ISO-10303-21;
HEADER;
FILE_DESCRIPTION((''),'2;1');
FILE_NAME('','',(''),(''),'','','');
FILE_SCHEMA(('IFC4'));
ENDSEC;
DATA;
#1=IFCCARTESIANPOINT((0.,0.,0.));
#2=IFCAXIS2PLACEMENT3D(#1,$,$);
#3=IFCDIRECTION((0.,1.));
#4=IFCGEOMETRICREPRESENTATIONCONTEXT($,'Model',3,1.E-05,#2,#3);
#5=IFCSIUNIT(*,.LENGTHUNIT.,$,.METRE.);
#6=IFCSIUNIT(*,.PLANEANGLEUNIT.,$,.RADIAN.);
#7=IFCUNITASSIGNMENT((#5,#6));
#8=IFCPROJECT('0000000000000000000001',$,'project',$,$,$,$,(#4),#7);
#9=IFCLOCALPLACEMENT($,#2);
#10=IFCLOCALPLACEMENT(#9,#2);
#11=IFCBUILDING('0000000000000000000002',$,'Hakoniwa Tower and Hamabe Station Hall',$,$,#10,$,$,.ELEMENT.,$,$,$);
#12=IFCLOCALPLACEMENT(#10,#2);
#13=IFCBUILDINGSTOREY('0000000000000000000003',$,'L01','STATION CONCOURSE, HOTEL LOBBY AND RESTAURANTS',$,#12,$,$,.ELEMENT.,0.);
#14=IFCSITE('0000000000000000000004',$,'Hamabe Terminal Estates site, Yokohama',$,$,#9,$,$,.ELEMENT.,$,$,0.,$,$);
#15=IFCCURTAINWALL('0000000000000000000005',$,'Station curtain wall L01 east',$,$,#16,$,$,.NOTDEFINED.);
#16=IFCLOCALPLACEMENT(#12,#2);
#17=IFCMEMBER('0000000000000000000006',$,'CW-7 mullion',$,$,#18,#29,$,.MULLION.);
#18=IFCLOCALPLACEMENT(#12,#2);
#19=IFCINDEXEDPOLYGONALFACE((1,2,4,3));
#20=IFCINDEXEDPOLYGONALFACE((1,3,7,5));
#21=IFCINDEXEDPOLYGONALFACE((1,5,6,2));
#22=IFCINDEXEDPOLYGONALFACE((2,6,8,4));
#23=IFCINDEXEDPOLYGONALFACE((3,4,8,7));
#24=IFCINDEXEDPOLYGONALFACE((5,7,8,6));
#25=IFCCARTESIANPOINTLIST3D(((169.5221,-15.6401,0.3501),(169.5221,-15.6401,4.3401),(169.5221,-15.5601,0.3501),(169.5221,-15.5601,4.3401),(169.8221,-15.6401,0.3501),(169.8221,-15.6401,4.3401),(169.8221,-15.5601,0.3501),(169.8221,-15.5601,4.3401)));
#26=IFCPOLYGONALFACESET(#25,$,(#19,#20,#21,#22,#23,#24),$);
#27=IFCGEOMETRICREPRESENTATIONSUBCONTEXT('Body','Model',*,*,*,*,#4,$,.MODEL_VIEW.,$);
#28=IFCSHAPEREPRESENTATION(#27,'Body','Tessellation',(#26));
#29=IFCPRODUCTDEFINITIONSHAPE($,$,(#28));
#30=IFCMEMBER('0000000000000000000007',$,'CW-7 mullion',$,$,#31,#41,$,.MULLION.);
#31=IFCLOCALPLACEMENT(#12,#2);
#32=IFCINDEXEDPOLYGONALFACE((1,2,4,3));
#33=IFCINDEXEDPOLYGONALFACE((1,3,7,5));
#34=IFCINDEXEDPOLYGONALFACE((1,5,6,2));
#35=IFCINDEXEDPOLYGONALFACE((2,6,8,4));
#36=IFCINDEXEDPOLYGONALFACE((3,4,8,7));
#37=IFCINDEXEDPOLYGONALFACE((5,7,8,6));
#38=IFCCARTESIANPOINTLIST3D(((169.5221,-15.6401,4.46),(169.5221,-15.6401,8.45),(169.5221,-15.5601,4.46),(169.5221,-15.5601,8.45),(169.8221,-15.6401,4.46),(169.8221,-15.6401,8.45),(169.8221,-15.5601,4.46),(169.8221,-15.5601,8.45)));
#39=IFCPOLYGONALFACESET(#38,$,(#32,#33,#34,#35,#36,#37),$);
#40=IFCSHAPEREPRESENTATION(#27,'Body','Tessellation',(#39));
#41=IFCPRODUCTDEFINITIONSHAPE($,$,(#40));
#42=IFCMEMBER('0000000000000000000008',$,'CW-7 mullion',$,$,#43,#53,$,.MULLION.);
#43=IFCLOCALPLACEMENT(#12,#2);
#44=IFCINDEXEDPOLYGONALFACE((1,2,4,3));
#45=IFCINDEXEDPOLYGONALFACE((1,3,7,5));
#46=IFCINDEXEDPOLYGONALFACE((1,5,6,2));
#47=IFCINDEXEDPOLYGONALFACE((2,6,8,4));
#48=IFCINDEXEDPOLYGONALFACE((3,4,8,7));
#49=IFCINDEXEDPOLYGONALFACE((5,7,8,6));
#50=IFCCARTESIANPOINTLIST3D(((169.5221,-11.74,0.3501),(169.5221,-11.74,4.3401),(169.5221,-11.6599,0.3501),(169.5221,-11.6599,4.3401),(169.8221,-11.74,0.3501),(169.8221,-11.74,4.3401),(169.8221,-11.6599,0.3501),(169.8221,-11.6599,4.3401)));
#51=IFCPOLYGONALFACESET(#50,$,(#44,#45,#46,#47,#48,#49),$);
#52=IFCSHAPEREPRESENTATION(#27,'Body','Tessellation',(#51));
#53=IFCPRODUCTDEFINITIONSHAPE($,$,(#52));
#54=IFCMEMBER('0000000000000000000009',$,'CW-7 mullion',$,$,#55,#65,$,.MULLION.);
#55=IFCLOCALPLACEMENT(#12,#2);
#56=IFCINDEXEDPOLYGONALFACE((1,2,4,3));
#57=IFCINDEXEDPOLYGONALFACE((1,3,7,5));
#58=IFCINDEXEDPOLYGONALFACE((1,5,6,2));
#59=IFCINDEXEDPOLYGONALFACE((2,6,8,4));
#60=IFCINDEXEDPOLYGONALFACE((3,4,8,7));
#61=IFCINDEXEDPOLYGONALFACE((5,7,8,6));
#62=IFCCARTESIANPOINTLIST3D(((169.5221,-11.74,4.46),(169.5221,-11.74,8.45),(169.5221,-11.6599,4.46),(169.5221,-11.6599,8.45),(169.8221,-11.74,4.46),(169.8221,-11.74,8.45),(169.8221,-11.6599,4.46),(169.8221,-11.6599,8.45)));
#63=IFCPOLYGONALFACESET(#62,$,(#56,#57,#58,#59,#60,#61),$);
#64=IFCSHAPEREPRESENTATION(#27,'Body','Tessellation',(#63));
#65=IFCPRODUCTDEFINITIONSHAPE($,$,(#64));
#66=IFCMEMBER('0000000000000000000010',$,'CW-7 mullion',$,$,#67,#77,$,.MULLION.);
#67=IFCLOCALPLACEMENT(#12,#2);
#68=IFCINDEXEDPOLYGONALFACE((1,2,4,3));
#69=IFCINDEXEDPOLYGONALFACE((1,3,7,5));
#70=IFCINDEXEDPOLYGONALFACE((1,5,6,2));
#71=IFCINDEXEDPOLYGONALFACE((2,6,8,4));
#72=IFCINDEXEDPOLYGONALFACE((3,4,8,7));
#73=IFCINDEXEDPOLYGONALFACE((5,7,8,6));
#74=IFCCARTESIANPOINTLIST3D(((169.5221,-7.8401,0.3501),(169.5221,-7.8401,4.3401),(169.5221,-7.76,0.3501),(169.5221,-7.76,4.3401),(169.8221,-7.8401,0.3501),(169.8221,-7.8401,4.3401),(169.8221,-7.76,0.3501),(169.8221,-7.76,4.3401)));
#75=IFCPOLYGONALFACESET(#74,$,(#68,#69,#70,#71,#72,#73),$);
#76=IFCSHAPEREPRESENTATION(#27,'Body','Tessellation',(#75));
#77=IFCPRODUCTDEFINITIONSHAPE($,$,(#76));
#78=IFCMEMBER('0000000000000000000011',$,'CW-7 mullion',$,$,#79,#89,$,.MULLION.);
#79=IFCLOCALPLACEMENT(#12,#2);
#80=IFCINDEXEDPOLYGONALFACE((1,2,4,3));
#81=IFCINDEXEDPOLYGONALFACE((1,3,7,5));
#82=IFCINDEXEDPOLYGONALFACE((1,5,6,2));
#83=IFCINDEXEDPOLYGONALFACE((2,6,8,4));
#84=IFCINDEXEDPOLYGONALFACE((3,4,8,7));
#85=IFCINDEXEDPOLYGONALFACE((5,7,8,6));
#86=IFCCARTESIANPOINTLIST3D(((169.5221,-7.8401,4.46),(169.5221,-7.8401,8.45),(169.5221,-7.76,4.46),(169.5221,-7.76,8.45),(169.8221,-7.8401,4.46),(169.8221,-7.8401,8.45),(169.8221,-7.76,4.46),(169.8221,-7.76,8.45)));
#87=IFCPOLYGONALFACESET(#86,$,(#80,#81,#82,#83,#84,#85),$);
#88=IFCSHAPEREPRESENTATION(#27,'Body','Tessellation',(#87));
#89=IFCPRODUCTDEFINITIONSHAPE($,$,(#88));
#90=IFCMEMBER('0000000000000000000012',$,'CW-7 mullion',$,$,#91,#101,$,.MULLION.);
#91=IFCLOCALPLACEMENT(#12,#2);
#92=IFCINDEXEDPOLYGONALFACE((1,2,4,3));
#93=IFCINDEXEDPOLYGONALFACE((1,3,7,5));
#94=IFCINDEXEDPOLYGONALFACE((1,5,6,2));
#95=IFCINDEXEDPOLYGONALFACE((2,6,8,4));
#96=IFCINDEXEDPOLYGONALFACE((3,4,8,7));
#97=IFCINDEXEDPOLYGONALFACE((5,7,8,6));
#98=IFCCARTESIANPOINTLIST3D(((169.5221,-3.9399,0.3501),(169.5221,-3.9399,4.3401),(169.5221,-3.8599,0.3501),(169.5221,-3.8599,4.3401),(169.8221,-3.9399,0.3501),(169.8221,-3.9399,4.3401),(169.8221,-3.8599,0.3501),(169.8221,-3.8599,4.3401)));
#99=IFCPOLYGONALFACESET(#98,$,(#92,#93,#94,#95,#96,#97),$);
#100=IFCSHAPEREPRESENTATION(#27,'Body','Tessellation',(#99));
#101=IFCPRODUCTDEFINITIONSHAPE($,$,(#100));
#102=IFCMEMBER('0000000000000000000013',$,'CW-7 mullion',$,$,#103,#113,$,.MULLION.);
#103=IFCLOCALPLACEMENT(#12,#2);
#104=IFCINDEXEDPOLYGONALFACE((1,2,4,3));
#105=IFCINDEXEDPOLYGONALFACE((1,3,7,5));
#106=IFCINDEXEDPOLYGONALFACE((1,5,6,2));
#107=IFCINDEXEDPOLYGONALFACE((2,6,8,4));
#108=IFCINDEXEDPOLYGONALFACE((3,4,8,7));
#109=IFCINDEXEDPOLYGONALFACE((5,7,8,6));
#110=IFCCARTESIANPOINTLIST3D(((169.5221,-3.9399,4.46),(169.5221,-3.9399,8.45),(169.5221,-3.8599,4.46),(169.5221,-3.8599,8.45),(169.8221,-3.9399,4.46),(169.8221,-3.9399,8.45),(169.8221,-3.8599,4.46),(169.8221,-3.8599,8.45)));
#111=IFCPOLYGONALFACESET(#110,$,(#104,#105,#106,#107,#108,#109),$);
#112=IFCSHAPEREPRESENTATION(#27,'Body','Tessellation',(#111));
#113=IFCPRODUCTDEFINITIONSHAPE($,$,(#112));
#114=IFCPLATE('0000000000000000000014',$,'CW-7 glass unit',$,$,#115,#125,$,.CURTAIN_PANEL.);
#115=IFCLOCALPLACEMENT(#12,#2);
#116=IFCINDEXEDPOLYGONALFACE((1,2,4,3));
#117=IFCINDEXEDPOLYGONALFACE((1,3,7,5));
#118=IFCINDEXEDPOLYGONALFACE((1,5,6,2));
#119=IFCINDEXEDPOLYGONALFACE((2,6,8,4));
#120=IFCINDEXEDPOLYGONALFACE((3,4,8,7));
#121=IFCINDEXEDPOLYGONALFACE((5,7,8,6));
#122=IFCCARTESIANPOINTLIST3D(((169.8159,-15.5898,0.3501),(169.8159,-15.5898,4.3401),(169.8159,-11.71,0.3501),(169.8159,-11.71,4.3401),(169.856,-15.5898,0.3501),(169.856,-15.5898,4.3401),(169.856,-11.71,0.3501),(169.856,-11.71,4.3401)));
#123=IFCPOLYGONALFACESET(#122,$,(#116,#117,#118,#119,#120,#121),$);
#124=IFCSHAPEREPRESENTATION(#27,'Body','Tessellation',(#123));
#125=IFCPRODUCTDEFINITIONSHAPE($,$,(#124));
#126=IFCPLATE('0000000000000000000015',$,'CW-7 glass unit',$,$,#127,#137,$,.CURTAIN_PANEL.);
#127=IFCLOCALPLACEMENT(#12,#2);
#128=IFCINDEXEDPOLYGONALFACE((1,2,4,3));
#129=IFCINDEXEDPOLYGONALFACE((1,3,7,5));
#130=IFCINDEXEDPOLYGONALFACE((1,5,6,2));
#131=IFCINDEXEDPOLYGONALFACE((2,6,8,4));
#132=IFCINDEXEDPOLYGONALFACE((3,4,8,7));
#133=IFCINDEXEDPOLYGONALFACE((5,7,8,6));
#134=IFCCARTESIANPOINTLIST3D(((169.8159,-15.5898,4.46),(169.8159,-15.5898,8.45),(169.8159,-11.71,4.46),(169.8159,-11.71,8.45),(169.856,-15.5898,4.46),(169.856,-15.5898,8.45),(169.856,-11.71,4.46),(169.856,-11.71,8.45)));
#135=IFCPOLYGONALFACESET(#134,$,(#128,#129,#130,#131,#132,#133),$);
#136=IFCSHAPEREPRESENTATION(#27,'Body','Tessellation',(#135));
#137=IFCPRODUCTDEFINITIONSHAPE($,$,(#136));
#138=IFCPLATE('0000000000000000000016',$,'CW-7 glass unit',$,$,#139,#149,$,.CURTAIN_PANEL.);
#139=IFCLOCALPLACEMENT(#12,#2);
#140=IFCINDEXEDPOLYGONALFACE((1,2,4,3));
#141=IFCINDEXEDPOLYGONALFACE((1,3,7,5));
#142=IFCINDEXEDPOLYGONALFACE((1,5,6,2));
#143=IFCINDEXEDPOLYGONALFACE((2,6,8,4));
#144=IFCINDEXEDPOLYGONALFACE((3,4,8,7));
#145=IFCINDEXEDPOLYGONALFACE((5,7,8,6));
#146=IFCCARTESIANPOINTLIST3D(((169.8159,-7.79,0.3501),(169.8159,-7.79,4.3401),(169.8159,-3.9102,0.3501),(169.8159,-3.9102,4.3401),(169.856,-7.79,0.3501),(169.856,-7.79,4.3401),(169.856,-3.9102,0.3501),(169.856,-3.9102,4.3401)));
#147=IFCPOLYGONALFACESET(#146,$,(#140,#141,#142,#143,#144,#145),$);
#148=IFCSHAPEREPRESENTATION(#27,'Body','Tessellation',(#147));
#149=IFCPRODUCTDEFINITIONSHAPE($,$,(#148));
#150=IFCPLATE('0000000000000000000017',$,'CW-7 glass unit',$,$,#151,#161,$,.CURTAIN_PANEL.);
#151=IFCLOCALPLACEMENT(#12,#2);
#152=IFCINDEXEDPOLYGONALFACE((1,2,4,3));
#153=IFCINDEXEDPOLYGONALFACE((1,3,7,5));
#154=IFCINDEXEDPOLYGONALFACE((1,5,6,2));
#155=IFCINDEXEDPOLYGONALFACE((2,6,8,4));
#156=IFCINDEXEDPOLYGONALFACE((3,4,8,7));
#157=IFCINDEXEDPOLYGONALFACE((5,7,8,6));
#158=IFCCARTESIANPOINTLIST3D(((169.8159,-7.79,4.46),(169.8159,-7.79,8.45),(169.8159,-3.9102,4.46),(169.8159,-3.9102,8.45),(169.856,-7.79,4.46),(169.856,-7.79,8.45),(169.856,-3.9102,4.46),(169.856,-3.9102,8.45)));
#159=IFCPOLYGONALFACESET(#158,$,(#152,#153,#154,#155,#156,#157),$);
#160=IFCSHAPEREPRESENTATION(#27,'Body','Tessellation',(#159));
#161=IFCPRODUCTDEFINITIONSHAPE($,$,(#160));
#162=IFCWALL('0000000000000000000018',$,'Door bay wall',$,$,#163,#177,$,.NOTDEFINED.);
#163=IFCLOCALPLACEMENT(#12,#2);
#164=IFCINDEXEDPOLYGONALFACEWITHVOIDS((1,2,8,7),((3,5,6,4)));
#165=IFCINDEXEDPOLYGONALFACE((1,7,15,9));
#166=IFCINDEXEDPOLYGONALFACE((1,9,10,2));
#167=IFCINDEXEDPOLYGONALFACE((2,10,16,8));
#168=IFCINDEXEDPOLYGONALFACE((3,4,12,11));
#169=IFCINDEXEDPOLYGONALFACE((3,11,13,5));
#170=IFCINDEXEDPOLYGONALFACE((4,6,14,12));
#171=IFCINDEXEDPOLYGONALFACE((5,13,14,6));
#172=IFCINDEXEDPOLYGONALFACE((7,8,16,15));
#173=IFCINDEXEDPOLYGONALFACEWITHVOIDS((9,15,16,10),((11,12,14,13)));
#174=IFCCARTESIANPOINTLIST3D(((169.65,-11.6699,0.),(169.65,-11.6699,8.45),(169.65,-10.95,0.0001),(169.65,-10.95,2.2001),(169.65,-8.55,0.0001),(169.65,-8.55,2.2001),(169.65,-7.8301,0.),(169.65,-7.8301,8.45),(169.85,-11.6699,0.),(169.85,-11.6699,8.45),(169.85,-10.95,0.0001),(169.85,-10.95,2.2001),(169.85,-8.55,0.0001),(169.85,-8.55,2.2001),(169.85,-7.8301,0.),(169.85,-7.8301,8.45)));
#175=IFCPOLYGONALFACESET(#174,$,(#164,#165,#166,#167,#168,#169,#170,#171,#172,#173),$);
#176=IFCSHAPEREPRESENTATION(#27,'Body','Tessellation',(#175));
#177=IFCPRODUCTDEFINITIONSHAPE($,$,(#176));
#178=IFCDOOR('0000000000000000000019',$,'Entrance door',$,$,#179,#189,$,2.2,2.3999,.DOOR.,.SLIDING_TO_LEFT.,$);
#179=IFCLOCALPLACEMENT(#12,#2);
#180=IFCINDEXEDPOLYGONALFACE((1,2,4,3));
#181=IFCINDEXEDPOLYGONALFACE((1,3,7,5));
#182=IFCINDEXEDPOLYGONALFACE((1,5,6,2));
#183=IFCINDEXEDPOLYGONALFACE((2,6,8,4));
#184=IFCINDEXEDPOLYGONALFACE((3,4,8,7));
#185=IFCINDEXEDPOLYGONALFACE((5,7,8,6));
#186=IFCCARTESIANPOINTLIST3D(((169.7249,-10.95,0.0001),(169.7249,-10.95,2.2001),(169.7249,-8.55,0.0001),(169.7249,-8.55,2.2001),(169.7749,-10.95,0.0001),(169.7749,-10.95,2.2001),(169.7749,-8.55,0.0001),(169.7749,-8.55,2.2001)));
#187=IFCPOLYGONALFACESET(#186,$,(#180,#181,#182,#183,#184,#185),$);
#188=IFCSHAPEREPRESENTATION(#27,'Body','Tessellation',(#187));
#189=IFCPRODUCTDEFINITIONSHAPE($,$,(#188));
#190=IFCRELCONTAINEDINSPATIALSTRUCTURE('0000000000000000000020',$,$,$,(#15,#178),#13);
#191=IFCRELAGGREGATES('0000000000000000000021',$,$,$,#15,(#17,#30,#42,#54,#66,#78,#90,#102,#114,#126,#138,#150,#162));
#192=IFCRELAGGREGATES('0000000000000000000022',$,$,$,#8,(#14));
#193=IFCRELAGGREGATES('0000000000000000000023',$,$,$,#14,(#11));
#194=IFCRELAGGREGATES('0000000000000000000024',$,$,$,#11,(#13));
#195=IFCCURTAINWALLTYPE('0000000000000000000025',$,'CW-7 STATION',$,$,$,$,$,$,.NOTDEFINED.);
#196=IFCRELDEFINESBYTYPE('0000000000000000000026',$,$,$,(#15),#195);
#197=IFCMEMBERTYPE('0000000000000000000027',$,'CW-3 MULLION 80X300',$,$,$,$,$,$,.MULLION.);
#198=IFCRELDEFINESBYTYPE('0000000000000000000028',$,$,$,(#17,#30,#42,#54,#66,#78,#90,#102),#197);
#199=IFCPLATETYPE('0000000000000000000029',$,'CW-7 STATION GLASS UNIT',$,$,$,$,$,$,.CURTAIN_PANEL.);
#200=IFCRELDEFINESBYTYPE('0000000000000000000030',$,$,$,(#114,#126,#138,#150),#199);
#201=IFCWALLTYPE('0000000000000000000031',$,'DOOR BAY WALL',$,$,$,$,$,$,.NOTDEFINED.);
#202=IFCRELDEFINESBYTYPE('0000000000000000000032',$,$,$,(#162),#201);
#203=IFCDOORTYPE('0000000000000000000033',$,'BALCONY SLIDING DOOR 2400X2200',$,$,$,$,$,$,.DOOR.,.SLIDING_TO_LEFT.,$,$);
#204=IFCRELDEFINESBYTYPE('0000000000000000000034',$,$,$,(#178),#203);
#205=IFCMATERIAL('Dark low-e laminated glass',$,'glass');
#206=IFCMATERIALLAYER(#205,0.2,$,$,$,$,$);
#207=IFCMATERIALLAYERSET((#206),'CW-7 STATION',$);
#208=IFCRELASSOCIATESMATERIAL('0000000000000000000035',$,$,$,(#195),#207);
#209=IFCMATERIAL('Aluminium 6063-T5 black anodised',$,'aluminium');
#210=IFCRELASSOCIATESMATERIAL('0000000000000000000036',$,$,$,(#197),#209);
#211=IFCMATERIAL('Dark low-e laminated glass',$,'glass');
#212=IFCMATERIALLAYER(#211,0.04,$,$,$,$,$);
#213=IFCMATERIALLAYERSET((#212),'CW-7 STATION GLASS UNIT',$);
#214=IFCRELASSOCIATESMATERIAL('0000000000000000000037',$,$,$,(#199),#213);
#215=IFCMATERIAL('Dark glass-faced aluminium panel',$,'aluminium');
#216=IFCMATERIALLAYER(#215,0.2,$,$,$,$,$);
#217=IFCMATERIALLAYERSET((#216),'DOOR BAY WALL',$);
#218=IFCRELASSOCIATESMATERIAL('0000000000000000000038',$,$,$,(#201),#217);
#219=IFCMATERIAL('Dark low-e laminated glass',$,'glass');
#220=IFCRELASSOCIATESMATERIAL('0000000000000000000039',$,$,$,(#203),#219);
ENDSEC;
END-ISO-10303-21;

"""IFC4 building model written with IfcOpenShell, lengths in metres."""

from ifc_helpers import new_model, si_unit, direction, frame, frame_2d, origin, origin_2d, place, context, subcontext, project, spatial, rectangle, extrude, material, layer, layer_set, material_profile, profile_set, type_object, element, fill, aggregate, save


model = new_model("IFC4")

# Units and contexts
model_context = context("Model", 3, precision=1e-05, world=origin(), true_north=direction((0.0, 1.0)))
body_context = subcontext(model_context, "Body", "Model", "MODEL_VIEW")
ifc_project = project(units=[si_unit("LENGTHUNIT", "METRE"), si_unit("PLANEANGLEUNIT", "RADIAN")], contexts=[model_context])

# Site, building, storey
site_placement = place(None, origin())
site = spatial("IfcSite", under=ifc_project, at=site_placement, Name="Hamabe Terminal Estates site, Yokohama", CompositionType="ELEMENT", RefElevation=0.0)
building_placement = place(site_placement, origin())
building = spatial("IfcBuilding", under=site, at=building_placement, Name="Hakoniwa Tower and Hamabe Station Hall", CompositionType="ELEMENT")
storey_placement = place(building_placement, origin())
storey = spatial("IfcBuildingStorey", under=building, at=storey_placement, Name="L01", Description="STATION CONCOURSE, HOTEL LOBBY AND RESTAURANTS", CompositionType="ELEMENT", Elevation=0.0)

# Curtain wall, members, plates, wall, opening, door
ifc_material_1 = material(Name="Dark low-e laminated glass", Category="glass")
ifc_layer_1 = layer(ifc_material_1, 0.2)
ifc_layer_set_1 = layer_set([ifc_layer_1], Name="CW-7 STATION")
curtain_wall_type = type_object("IfcCurtainWallType", Name="CW-7 STATION", PredefinedType="NOTDEFINED", material=ifc_layer_set_1)
curtain_wall_placement = place(storey_placement, origin())
curtain_wall = element("IfcCurtainWall", 1, at=curtain_wall_placement, inside=storey, type_object=curtain_wall_type, Name="Station curtain wall L01 east", PredefinedType="NOTDEFINED")
ifc_material_2 = material(Name="Aluminium 6063-T5 black anodised", Category="aluminium")
ifc_material_profile_1 = material_profile(ifc_material_2, rectangle(XDim=0.0801, YDim=0.3, at=origin_2d()), Name="CW-3 MULLION 80X300")
ifc_profile_set_1 = profile_set([ifc_material_profile_1], Name="Aluminium 6063-T5 black anodised")
member_type_1 = type_object("IfcMemberType", Name="CW-3 MULLION 80X300", PredefinedType="MULLION", material=ifc_profile_set_1)
member_1_placement = place(storey_placement, frame((169.6721, -15.6001, 0.3501), z_axis=(0.0, 0.0, 1.0), x_axis=(0.0, 1.0, 0.0)))
member_1 = element("IfcMember", 2, at=member_1_placement, type_object=member_type_1, Name="CW-7 mullion", PredefinedType="MULLION", context=body_context, shape_type="SweptSolid", body=[
    extrude(rectangle(XDim=0.0801, YDim=0.3, at=origin_2d()), origin(), (0.0, 0.0, 1.0), 3.99),
])
member_2_placement = place(storey_placement, frame((169.6721, -15.6001, 4.46), z_axis=(0.0, 0.0, 1.0), x_axis=(0.0, 1.0, 0.0)))
member_2 = element("IfcMember", 3, at=member_2_placement, type_object=member_type_1, Name="CW-7 mullion", PredefinedType="MULLION", context=body_context, shape_type="SweptSolid", body=[
    extrude(rectangle(XDim=0.0801, YDim=0.3, at=origin_2d()), origin(), (0.0, 0.0, 1.0), 3.99),
])
member_3_placement = place(storey_placement, frame((169.6721, -11.7, 0.3501), z_axis=(0.0, 0.0, 1.0), x_axis=(0.0, 1.0, 0.0)))
member_3 = element("IfcMember", 4, at=member_3_placement, type_object=member_type_1, Name="CW-7 mullion", PredefinedType="MULLION", context=body_context, shape_type="SweptSolid", body=[
    extrude(rectangle(XDim=0.0801, YDim=0.3, at=origin_2d()), origin(), (0.0, 0.0, 1.0), 3.99),
])
member_4_placement = place(storey_placement, frame((169.6721, -11.7, 4.46), z_axis=(0.0, 0.0, 1.0), x_axis=(0.0, 1.0, 0.0)))
member_4 = element("IfcMember", 5, at=member_4_placement, type_object=member_type_1, Name="CW-7 mullion", PredefinedType="MULLION", context=body_context, shape_type="SweptSolid", body=[
    extrude(rectangle(XDim=0.0801, YDim=0.3, at=origin_2d()), origin(), (0.0, 0.0, 1.0), 3.99),
])
member_5_placement = place(storey_placement, frame((169.6721, -7.8, 0.3501), z_axis=(0.0, 0.0, 1.0), x_axis=(0.0, 1.0, 0.0)))
member_5 = element("IfcMember", 6, at=member_5_placement, type_object=member_type_1, Name="CW-7 mullion", PredefinedType="MULLION", context=body_context, shape_type="SweptSolid", body=[
    extrude(rectangle(XDim=0.0801, YDim=0.3, at=origin_2d()), origin(), (0.0, 0.0, 1.0), 3.99),
])
member_6_placement = place(storey_placement, frame((169.6721, -7.8, 4.46), z_axis=(0.0, 0.0, 1.0), x_axis=(0.0, 1.0, 0.0)))
member_6 = element("IfcMember", 7, at=member_6_placement, type_object=member_type_1, Name="CW-7 mullion", PredefinedType="MULLION", context=body_context, shape_type="SweptSolid", body=[
    extrude(rectangle(XDim=0.0801, YDim=0.3, at=origin_2d()), origin(), (0.0, 0.0, 1.0), 3.99),
])
member_7_placement = place(storey_placement, frame((169.6721, -3.8999, 0.3501), z_axis=(0.0, 0.0, 1.0), x_axis=(0.0, 1.0, 0.0)))
member_7 = element("IfcMember", 8, at=member_7_placement, type_object=member_type_1, Name="CW-7 mullion", PredefinedType="MULLION", context=body_context, shape_type="SweptSolid", body=[
    extrude(rectangle(XDim=0.0801, YDim=0.3, at=origin_2d()), origin(), (0.0, 0.0, 1.0), 3.99),
])
member_8_placement = place(storey_placement, frame((169.6721, -3.8999, 4.46), z_axis=(0.0, 0.0, 1.0), x_axis=(0.0, 1.0, 0.0)))
member_8 = element("IfcMember", 9, at=member_8_placement, type_object=member_type_1, Name="CW-7 mullion", PredefinedType="MULLION", context=body_context, shape_type="SweptSolid", body=[
    extrude(rectangle(XDim=0.0801, YDim=0.3, at=origin_2d()), origin(), (0.0, 0.0, 1.0), 3.99),
])
ifc_material_3 = material(Name="Dark low-e laminated glass", Category="glass")
ifc_layer_2 = layer(ifc_material_3, 0.04)
ifc_layer_set_2 = layer_set([ifc_layer_2], Name="CW-7 STATION GLASS UNIT")
plate_type = type_object("IfcPlateType", Name="CW-7 STATION GLASS UNIT", PredefinedType="CURTAIN_PANEL", material=ifc_layer_set_2)
plate_1_placement = place(storey_placement, frame((169.8359, -13.6499, 0.3501), z_axis=(0.0, 0.0, 1.0), x_axis=(0.0, 1.0, 0.0)))
plate_1 = element("IfcPlate", 10, at=plate_1_placement, type_object=plate_type, Name="CW-7 glass unit", PredefinedType="CURTAIN_PANEL", context=body_context, shape_type="SweptSolid", body=[
    extrude(rectangle(XDim=3.8799, YDim=0.04, at=origin_2d()), origin(), (0.0, 0.0, 1.0), 3.99),
])
plate_2_placement = place(storey_placement, frame((169.8359, -13.6499, 4.46), z_axis=(0.0, 0.0, 1.0), x_axis=(0.0, 1.0, 0.0)))
plate_2 = element("IfcPlate", 11, at=plate_2_placement, type_object=plate_type, Name="CW-7 glass unit", PredefinedType="CURTAIN_PANEL", context=body_context, shape_type="SweptSolid", body=[
    extrude(rectangle(XDim=3.8799, YDim=0.04, at=origin_2d()), origin(), (0.0, 0.0, 1.0), 3.99),
])
plate_3_placement = place(storey_placement, frame((169.8359, -5.8501, 0.3501), z_axis=(0.0, 0.0, 1.0), x_axis=(0.0, 1.0, 0.0)))
plate_3 = element("IfcPlate", 12, at=plate_3_placement, type_object=plate_type, Name="CW-7 glass unit", PredefinedType="CURTAIN_PANEL", context=body_context, shape_type="SweptSolid", body=[
    extrude(rectangle(XDim=3.8799, YDim=0.04, at=origin_2d()), origin(), (0.0, 0.0, 1.0), 3.99),
])
plate_4_placement = place(storey_placement, frame((169.8359, -5.8501, 4.46), z_axis=(0.0, 0.0, 1.0), x_axis=(0.0, 1.0, 0.0)))
plate_4 = element("IfcPlate", 13, at=plate_4_placement, type_object=plate_type, Name="CW-7 glass unit", PredefinedType="CURTAIN_PANEL", context=body_context, shape_type="SweptSolid", body=[
    extrude(rectangle(XDim=3.8799, YDim=0.04, at=origin_2d()), origin(), (0.0, 0.0, 1.0), 3.99),
])
ifc_material_4 = material(Name="Dark glass-faced aluminium panel", Category="aluminium")
ifc_layer_3 = layer(ifc_material_4, 0.2)
ifc_layer_set_3 = layer_set([ifc_layer_3], Name="DOOR BAY WALL")
wall_type_1 = type_object("IfcWallType", Name="DOOR BAY WALL", PredefinedType="NOTDEFINED", material=ifc_layer_set_3)
wall_1_placement = place(storey_placement, frame((169.75, -11.6699, 0.0), z_axis=(0.0, 0.0, 1.0), x_axis=(0.0, 1.0, 0.0)))
wall_1 = element("IfcWall", 14, at=wall_1_placement, type_object=wall_type_1, Name="Door bay wall", PredefinedType="NOTDEFINED", context=body_context, shape_type="SweptSolid", body=[
    extrude(rectangle(XDim=3.8398, YDim=0.2, at=frame_2d((1.9199, 0.0))), origin(), (0.0, 0.0, 1.0), 8.45),
])
opening_1_placement = place(wall_1_placement, frame((0.72, 0.0, 0.0)))
opening_1 = element("IfcOpeningElement", 15, at=opening_1_placement, cuts=wall_1, PredefinedType="OPENING", context=body_context, shape_type="SweptSolid", body=[
    extrude(rectangle(XDim=2.3999, YDim=2.2, at=frame_2d((1.2, 1.1001))), frame((0.0, 0.1099, 0.0), z_axis=(0.0, -1.0, 0.0), x_axis=(1.0, 0.0, 0.0)), (0.0, 0.0, 1.0), 0.22),
])
ifc_material_5 = material(Name="Dark low-e laminated glass", Category="glass")
door_type_1 = type_object("IfcDoorType", Name="BALCONY SLIDING DOOR 2400X2200", OperationType="SLIDING_TO_LEFT", PredefinedType="DOOR", material=ifc_material_5)
door_1_placement = place(opening_1_placement, frame((2.3999, 0.0, 0.0), z_axis=(0.0, 0.0, 1.0), x_axis=(-1.0, 0.0, 0.0)))
door_1 = element("IfcDoor", 16, at=door_1_placement, inside=storey, type_object=door_type_1, Name="Entrance door", OperationType="SLIDING_TO_LEFT", OverallHeight=2.2, OverallWidth=2.3999, PredefinedType="DOOR", context=body_context, shape_type="SweptSolid", body=[
    extrude(rectangle(XDim=2.3999, YDim=2.2, at=frame_2d((1.2, 1.1001))), frame((0.0, 0.0249, 0.0), z_axis=(0.0, -1.0, 0.0), x_axis=(1.0, 0.0, 0.0)), (0.0, 0.0, 1.0), 0.05),
])
fill(opening_1, door_1)
aggregate(curtain_wall, [member_1, member_2, member_3, member_4, member_5, member_6, member_7, member_8, plate_1, plate_2, plate_3, plate_4, wall_1])

save(model, "model.ifc")
